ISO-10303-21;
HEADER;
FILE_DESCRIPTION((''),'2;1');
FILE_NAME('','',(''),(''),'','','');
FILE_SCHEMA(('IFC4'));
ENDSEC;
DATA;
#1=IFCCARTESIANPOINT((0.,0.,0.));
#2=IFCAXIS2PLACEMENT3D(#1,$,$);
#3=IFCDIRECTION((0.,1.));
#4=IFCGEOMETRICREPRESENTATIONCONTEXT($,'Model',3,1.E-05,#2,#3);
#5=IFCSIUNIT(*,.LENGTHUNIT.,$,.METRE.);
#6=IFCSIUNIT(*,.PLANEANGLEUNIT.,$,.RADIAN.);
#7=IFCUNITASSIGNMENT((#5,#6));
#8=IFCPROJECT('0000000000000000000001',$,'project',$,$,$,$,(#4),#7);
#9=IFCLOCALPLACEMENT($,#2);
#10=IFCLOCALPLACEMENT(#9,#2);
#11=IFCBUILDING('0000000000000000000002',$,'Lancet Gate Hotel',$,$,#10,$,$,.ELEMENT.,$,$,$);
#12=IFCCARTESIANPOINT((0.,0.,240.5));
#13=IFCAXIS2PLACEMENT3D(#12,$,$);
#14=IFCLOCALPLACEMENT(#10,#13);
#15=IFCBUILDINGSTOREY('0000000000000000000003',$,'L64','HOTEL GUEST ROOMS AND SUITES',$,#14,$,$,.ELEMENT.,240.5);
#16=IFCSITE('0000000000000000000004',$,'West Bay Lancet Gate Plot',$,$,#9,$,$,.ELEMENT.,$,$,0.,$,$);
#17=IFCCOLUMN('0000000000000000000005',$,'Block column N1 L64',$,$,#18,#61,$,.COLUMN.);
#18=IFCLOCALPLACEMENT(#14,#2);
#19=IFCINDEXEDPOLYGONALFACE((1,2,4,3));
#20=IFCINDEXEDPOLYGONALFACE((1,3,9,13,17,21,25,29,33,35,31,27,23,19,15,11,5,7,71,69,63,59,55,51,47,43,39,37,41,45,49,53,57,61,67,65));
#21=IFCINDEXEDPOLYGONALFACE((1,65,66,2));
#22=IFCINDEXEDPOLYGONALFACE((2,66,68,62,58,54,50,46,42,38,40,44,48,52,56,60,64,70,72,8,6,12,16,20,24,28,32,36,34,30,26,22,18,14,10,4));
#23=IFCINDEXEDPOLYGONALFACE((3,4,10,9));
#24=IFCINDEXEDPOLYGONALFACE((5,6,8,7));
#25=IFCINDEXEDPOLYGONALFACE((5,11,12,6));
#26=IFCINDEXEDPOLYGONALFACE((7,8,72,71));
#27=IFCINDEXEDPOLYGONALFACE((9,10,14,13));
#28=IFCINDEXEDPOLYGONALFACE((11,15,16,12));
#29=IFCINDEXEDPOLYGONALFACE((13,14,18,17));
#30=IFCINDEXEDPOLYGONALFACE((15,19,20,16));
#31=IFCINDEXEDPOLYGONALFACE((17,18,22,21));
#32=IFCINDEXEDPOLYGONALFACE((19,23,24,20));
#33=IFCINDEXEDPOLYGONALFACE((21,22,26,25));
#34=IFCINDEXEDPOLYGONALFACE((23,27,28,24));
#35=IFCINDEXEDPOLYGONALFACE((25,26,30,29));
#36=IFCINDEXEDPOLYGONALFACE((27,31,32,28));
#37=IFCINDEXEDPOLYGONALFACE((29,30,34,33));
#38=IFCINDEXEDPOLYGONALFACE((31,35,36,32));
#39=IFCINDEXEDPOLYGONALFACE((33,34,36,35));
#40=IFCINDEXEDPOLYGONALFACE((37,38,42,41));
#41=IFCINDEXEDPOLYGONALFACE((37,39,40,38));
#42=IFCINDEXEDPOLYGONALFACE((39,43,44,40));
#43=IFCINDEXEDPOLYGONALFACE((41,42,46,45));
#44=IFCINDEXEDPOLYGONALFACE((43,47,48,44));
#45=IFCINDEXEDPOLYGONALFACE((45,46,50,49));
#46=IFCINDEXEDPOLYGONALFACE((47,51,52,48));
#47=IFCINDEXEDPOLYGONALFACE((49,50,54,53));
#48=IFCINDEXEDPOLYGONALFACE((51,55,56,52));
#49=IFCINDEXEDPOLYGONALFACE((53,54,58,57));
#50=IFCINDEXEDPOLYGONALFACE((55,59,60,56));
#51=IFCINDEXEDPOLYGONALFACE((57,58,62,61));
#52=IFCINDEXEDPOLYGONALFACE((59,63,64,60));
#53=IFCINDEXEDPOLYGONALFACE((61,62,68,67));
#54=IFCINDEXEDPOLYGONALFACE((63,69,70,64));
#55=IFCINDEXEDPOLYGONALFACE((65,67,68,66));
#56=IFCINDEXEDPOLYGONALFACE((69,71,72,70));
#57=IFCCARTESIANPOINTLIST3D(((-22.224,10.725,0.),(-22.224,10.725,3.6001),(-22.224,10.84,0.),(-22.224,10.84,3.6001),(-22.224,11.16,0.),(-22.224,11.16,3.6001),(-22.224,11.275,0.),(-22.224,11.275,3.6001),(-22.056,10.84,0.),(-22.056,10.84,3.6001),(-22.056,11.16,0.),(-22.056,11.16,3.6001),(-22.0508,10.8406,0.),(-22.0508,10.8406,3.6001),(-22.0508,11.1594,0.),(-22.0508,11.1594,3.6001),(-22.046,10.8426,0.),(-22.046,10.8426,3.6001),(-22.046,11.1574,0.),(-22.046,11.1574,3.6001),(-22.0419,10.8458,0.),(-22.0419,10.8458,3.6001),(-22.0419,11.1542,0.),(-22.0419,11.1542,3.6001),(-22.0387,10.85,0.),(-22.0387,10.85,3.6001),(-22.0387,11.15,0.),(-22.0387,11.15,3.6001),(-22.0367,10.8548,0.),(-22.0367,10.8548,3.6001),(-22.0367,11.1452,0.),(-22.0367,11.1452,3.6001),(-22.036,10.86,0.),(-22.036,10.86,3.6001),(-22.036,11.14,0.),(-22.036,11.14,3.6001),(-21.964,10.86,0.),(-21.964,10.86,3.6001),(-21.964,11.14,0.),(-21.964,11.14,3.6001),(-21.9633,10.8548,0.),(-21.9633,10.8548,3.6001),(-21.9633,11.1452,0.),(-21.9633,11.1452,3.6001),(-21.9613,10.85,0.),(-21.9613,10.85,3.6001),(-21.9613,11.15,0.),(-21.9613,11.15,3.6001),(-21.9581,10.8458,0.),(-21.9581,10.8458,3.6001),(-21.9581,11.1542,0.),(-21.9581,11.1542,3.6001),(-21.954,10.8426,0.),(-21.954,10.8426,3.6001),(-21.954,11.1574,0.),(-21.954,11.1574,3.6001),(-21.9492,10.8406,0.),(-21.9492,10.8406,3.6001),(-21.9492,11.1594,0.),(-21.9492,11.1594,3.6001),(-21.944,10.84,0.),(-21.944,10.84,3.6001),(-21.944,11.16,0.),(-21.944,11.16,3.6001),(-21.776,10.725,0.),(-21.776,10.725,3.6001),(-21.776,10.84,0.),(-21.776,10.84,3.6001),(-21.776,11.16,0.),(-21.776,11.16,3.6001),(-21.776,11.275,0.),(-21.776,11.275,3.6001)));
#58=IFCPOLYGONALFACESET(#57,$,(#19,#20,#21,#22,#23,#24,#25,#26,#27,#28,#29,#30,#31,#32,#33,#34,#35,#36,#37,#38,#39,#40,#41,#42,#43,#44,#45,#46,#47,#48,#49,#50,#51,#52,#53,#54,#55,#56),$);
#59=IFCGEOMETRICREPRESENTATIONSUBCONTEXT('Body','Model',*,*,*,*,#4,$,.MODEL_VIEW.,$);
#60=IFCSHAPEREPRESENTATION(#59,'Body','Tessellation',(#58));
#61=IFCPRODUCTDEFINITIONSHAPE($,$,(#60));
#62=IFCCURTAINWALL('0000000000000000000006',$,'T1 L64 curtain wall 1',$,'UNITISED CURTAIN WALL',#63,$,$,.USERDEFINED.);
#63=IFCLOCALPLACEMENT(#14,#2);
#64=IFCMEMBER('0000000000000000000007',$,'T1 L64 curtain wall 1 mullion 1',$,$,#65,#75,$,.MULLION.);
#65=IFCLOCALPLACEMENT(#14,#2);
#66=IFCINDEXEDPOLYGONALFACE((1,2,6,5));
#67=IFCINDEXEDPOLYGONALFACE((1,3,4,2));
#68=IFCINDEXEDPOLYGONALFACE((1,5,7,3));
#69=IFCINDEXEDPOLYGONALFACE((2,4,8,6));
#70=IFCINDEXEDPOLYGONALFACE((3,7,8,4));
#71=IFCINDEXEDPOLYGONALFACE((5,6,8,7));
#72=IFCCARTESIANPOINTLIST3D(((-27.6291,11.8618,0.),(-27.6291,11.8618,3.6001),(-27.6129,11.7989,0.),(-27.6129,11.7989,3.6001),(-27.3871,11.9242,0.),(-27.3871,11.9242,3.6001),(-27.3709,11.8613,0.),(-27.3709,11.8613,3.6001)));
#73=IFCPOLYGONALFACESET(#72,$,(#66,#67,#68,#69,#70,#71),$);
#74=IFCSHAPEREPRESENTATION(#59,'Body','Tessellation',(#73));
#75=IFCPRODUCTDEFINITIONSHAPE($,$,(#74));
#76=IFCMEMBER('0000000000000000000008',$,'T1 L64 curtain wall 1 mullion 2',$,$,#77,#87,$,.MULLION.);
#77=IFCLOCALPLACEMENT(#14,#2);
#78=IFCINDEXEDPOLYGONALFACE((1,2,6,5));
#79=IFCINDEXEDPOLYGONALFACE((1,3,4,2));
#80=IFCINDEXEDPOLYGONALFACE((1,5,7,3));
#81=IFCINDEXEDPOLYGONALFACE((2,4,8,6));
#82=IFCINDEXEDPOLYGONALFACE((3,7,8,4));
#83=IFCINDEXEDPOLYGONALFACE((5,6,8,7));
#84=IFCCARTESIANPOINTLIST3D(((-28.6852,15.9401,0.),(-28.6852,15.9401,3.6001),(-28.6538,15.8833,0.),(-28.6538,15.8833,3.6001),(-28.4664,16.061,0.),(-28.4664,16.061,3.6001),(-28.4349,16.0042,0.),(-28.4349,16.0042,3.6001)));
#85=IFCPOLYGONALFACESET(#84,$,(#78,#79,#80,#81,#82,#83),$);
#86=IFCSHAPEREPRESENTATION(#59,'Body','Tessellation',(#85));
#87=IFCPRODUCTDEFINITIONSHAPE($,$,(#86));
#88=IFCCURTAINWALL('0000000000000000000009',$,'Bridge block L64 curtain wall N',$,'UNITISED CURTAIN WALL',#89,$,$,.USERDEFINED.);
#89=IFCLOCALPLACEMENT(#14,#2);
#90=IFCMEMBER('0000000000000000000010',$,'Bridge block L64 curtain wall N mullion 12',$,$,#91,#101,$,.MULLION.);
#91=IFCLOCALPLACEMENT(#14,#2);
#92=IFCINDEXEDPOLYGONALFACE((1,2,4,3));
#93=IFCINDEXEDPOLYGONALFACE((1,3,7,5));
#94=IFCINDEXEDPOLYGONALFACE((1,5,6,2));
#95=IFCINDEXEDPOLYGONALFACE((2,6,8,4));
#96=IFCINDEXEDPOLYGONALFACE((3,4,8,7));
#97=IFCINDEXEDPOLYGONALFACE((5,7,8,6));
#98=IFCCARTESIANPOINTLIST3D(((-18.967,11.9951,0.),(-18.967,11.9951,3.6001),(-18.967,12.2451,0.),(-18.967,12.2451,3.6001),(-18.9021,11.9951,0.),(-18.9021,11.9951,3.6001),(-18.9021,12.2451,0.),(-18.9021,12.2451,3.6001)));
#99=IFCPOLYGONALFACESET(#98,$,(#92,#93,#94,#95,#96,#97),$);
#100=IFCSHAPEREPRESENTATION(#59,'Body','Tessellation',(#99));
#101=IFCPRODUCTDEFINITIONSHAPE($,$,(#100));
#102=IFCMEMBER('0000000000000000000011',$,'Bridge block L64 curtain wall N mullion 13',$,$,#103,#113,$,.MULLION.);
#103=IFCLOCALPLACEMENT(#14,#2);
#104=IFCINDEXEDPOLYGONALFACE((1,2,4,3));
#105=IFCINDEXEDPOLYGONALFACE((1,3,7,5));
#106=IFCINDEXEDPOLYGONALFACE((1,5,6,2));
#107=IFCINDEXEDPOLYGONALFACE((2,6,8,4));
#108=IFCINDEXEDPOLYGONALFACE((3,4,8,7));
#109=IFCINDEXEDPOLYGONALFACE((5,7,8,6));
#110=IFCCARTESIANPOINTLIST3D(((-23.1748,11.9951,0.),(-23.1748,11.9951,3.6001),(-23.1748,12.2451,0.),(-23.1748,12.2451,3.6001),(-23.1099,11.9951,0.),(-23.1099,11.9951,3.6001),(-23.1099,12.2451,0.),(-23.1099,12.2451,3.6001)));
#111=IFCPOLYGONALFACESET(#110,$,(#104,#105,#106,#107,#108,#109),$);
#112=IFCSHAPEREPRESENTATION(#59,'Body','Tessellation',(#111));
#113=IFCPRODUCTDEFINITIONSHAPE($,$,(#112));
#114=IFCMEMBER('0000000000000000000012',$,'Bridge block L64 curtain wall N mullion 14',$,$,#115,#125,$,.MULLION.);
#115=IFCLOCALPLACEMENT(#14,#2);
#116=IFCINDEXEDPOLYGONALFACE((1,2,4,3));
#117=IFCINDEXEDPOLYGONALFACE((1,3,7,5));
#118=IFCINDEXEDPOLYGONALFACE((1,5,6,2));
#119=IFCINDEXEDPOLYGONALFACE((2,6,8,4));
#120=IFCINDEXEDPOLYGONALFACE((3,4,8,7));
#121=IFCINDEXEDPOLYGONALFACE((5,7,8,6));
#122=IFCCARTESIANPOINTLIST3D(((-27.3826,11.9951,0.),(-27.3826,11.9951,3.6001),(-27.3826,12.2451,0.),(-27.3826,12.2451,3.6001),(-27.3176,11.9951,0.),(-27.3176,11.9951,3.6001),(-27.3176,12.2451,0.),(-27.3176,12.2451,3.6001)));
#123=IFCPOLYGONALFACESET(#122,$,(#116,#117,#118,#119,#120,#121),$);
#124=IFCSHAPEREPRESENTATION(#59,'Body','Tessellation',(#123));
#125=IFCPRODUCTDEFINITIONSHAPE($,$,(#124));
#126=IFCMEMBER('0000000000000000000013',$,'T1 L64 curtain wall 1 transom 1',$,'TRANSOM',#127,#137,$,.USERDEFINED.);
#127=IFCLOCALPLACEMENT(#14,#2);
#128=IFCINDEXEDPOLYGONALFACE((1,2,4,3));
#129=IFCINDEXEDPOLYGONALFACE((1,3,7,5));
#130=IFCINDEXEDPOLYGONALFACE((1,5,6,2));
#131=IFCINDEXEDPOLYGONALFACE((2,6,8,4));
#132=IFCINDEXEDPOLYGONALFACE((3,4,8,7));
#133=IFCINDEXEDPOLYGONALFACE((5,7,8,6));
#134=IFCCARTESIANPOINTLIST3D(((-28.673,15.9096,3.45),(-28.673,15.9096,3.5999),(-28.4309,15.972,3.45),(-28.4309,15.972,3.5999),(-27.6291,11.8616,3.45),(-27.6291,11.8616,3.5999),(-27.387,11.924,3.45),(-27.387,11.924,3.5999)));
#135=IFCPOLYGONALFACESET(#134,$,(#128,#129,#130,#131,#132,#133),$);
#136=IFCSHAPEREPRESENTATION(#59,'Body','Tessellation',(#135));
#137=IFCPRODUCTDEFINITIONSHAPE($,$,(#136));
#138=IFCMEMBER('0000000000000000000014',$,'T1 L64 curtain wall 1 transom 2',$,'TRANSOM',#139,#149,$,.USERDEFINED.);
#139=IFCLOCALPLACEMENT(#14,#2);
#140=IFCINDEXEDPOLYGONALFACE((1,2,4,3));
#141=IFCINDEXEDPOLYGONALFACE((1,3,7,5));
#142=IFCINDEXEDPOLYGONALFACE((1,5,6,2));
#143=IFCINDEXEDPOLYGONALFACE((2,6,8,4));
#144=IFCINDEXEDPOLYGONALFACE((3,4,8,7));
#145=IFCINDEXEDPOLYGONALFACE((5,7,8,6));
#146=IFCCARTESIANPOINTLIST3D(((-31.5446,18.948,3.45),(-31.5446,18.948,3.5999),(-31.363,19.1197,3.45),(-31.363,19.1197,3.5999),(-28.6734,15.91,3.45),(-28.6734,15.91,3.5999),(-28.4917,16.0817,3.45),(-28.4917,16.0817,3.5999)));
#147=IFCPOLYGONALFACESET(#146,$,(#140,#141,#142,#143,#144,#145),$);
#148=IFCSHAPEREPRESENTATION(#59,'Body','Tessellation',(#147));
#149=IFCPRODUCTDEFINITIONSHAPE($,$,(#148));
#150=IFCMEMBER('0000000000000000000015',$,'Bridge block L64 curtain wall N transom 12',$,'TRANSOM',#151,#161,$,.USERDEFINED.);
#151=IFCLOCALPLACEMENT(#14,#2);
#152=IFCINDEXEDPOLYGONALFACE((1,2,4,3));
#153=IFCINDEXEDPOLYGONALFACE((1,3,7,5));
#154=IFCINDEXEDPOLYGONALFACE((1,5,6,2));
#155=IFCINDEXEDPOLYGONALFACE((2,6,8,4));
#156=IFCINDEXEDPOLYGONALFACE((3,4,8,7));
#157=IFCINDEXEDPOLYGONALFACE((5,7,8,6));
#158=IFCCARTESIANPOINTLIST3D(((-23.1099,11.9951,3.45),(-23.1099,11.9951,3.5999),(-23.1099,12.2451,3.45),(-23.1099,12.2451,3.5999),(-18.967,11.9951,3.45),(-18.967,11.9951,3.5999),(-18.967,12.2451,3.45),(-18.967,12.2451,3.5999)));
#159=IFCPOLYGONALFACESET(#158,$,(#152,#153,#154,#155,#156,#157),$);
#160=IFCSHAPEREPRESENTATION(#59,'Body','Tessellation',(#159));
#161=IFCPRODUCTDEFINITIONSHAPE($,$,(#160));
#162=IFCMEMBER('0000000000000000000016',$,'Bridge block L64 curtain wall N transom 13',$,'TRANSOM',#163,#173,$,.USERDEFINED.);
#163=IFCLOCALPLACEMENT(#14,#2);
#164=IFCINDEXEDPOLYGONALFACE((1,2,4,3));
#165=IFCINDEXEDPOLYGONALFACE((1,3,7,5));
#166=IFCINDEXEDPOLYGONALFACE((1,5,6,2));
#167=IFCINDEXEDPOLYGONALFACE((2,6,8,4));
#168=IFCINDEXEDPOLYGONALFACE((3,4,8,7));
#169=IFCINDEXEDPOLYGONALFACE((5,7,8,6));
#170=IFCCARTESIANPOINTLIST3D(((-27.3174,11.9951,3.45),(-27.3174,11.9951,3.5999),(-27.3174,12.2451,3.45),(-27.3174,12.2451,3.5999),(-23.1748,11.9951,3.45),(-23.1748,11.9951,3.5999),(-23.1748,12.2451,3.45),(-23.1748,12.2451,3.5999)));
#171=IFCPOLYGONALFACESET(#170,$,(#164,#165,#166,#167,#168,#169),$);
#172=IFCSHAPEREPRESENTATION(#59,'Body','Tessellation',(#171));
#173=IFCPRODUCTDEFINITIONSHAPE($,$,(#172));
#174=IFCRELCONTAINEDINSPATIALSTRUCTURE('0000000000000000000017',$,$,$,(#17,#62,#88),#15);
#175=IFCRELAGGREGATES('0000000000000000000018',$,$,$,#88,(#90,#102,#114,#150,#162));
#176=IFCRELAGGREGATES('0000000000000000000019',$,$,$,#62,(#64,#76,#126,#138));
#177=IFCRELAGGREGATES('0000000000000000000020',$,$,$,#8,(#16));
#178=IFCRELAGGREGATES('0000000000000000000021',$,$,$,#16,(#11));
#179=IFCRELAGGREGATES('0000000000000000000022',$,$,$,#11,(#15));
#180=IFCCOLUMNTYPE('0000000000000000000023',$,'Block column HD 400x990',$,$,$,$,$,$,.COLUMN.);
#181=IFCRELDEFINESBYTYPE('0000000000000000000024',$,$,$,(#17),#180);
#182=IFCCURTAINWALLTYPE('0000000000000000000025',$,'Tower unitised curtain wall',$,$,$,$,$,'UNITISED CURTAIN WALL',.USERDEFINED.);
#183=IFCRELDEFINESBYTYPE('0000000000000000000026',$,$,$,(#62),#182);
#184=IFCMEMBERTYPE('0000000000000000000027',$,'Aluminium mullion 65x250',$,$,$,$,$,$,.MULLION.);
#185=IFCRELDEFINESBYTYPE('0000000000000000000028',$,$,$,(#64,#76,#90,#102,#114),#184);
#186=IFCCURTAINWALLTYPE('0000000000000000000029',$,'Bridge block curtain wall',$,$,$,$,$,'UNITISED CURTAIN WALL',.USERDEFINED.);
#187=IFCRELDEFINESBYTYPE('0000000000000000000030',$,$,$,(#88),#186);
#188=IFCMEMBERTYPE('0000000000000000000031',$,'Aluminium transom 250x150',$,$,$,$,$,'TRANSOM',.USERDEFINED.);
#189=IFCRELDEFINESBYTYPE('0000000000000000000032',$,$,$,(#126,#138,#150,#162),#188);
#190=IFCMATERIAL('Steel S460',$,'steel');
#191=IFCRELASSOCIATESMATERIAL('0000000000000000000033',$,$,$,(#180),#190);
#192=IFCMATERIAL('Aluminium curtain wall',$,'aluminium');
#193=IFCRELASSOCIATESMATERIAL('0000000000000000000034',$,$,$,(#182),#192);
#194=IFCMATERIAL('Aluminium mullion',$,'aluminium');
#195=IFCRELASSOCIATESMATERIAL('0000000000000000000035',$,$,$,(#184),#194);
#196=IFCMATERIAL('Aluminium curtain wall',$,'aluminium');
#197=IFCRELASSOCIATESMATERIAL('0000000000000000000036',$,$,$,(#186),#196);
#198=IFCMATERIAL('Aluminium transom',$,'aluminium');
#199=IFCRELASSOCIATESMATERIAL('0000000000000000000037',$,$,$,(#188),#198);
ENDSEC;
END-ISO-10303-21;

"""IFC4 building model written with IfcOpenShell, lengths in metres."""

from ifc_helpers import new_model, si_unit, direction, frame, origin, origin_2d, place, context, subcontext, project, spatial, rectangle, i_section, extrude, material, material_profile, profile_set, type_object, element, aggregate, save


model = new_model("IFC4")

# Units and contexts
model_context = context("Model", 3, precision=1e-05, world=origin(), true_north=direction((0.0, 1.0)))
body_context = subcontext(model_context, "Body", "Model", "MODEL_VIEW")
ifc_project = project(units=[si_unit("LENGTHUNIT", "METRE"), si_unit("PLANEANGLEUNIT", "RADIAN")], contexts=[model_context])

# Site, building, storey
site_placement = place(None, origin())
site = spatial("IfcSite", under=ifc_project, at=site_placement, Name="West Bay Lancet Gate Plot", CompositionType="ELEMENT", RefElevation=0.0)
building_placement = place(site_placement, origin())
building = spatial("IfcBuilding", under=site, at=building_placement, Name="Lancet Gate Hotel", CompositionType="ELEMENT")
storey_placement = place(building_placement, frame((0.0, 0.0, 240.5)))
storey = spatial("IfcBuildingStorey", under=building, at=storey_placement, Name="L64", Description="HOTEL GUEST ROOMS AND SUITES", CompositionType="ELEMENT", Elevation=240.5)

# Column
ifc_material_1 = material(Name="Steel S460", Category="steel")
ifc_material_profile_1 = material_profile(ifc_material_1, i_section(OverallWidth=0.448, OverallDepth=0.55, WebThickness=0.072, FlangeThickness=0.115, FilletRadius=0.02, at=origin_2d()), Name="HD 400x990")
ifc_profile_set_1 = profile_set([ifc_material_profile_1], Name="Steel S460")
column_type = type_object("IfcColumnType", Name="Block column HD 400x990", PredefinedType="COLUMN", material=ifc_profile_set_1)
column_placement = place(storey_placement, frame((-22.0, 11.0, 0.0), z_axis=(0.0, 0.0, 1.0), x_axis=(1.0, 0.0, 0.0)))
element("IfcColumn", 1, at=column_placement, inside=storey, type_object=column_type, Name="Block column N1 L64", PredefinedType="COLUMN", context=body_context, shape_type="SweptSolid", body=[
    extrude(i_section(OverallWidth=0.448, OverallDepth=0.55, WebThickness=0.072, FlangeThickness=0.115, FilletRadius=0.02, at=origin_2d()), origin(), (0.0, 0.0, 1.0), 3.6001),
])

# Curtain walls, members
ifc_material_2 = material(Name="Aluminium curtain wall", Category="aluminium")
curtain_wall_type_1 = type_object("IfcCurtainWallType", Name="Tower unitised curtain wall", ElementType="UNITISED CURTAIN WALL", PredefinedType="USERDEFINED", material=ifc_material_2)
curtain_wall_1_placement = place(storey_placement, origin())
curtain_wall_1 = element("IfcCurtainWall", 2, at=curtain_wall_1_placement, inside=storey, type_object=curtain_wall_type_1, Name="T1 L64 curtain wall 1", ObjectType="UNITISED CURTAIN WALL", PredefinedType="USERDEFINED")
ifc_material_3 = material(Name="Aluminium mullion", Category="aluminium")
ifc_material_profile_2 = material_profile(ifc_material_3, rectangle(XDim=0.0649, YDim=0.25, at=origin_2d()), Name="MULLION 65x250")
ifc_profile_set_2 = profile_set([ifc_material_profile_2], Name="Aluminium mullion")
member_type_1 = type_object("IfcMemberType", Name="Aluminium mullion 65x250", PredefinedType="MULLION", material=ifc_profile_set_2)
member_1_placement = place(storey_placement, frame((-27.5, 11.8616, 0.0), z_axis=(0.0, 0.0, 1.0), x_axis=(-0.249726, 0.968317, 0.0)))
member_1 = element("IfcMember", 3, at=member_1_placement, type_object=member_type_1, Name="T1 L64 curtain wall 1 mullion 1", PredefinedType="MULLION", context=body_context, shape_type="SweptSolid", body=[
    extrude(rectangle(XDim=0.0649, YDim=0.25, at=origin_2d()), origin(), (0.0, 0.0, 1.0), 3.6001),
])
member_2_placement = place(storey_placement, frame((-28.5601, 15.9722, 0.0), z_axis=(0.0, 0.0, 1.0), x_axis=(-0.483627, 0.875274, 0.0)))
member_2 = element("IfcMember", 4, at=member_2_placement, type_object=member_type_1, Name="T1 L64 curtain wall 1 mullion 2", PredefinedType="MULLION", context=body_context, shape_type="SweptSolid", body=[
    extrude(rectangle(XDim=0.0649, YDim=0.25, at=origin_2d()), origin(), (0.0, 0.0, 1.0), 3.6001),
])
ifc_material_4 = material(Name="Aluminium curtain wall", Category="aluminium")
curtain_wall_type_2 = type_object("IfcCurtainWallType", Name="Bridge block curtain wall", ElementType="UNITISED CURTAIN WALL", PredefinedType="USERDEFINED", material=ifc_material_4)
curtain_wall_2_placement = place(storey_placement, origin())
curtain_wall_2 = element("IfcCurtainWall", 5, at=curtain_wall_2_placement, inside=storey, type_object=curtain_wall_type_2, Name="Bridge block L64 curtain wall N", ObjectType="UNITISED CURTAIN WALL", PredefinedType="USERDEFINED")
member_3_placement = place(storey_placement, frame((-18.9346, 12.1201, 0.0), z_axis=(0.0, 0.0, 1.0), x_axis=(-1.0, 0.0, 0.0)))
member_3 = element("IfcMember", 6, at=member_3_placement, type_object=member_type_1, Name="Bridge block L64 curtain wall N mullion 12", PredefinedType="MULLION", context=body_context, shape_type="SweptSolid", body=[
    extrude(rectangle(XDim=0.0649, YDim=0.25, at=origin_2d()), origin(), (0.0, 0.0, 1.0), 3.6001),
])
member_4_placement = place(storey_placement, frame((-23.1423, 12.1201, 0.0), z_axis=(0.0, 0.0, 1.0), x_axis=(-1.0, 0.0, 0.0)))
member_4 = element("IfcMember", 7, at=member_4_placement, type_object=member_type_1, Name="Bridge block L64 curtain wall N mullion 13", PredefinedType="MULLION", context=body_context, shape_type="SweptSolid", body=[
    extrude(rectangle(XDim=0.0649, YDim=0.25, at=origin_2d()), origin(), (0.0, 0.0, 1.0), 3.6001),
])
member_5_placement = place(storey_placement, frame((-27.3501, 12.1201, 0.0), z_axis=(0.0, 0.0, 1.0), x_axis=(-1.0, 0.0, 0.0)))
member_5 = element("IfcMember", 8, at=member_5_placement, type_object=member_type_1, Name="Bridge block L64 curtain wall N mullion 14", PredefinedType="MULLION", context=body_context, shape_type="SweptSolid", body=[
    extrude(rectangle(XDim=0.0649, YDim=0.25, at=origin_2d()), origin(), (0.0, 0.0, 1.0), 3.6001),
])

# Members
ifc_material_5 = material(Name="Aluminium transom", Category="aluminium")
ifc_material_profile_3 = material_profile(ifc_material_5, rectangle(XDim=0.25, YDim=0.1499, at=origin_2d()), Name="TRANSOM 250x150")
ifc_profile_set_3 = profile_set([ifc_material_profile_3], Name="Aluminium transom")
member_type_2 = type_object("IfcMemberType", Name="Aluminium transom 250x150", ElementType="TRANSOM", PredefinedType="USERDEFINED", material=ifc_profile_set_3)
member_6_placement = place(storey_placement, frame((-27.5081, 11.8928, 3.5249), z_axis=(-0.249716, 0.968319, 0.0), x_axis=(-0.968319, -0.249716, 0.0)))
member_6 = element("IfcMember", 9, at=member_6_placement, type_object=member_type_2, Name="T1 L64 curtain wall 1 transom 1", ObjectType="TRANSOM", PredefinedType="USERDEFINED", context=body_context, shape_type="SweptSolid", body=[
    extrude(rectangle(XDim=0.25, YDim=0.1499, at=origin_2d()), origin(), (0.0, 0.0, 1.0), 4.1804),
])
member_7_placement = place(storey_placement, frame((-28.5825, 15.9958, 3.5249), z_axis=(-0.686881, 0.72677, 0.0), x_axis=(-0.72677, -0.686881, 0.0)))
member_7 = element("IfcMember", 10, at=member_7_placement, type_object=member_type_2, Name="T1 L64 curtain wall 1 transom 2", ObjectType="TRANSOM", PredefinedType="USERDEFINED", context=body_context, shape_type="SweptSolid", body=[
    extrude(rectangle(XDim=0.25, YDim=0.1499, at=origin_2d()), origin(), (0.0, 0.0, 1.0), 4.1802),
])
member_8_placement = place(storey_placement, frame((-18.967, 12.1201, 3.5249), z_axis=(-1.0, 0.0, 0.0), x_axis=(0.0, -1.0, 0.0)))
member_8 = element("IfcMember", 11, at=member_8_placement, type_object=member_type_2, Name="Bridge block L64 curtain wall N transom 12", ObjectType="TRANSOM", PredefinedType="USERDEFINED", context=body_context, shape_type="SweptSolid", body=[
    extrude(rectangle(XDim=0.25, YDim=0.1499, at=origin_2d()), origin(), (0.0, 0.0, 1.0), 4.1428),
])
member_9_placement = place(storey_placement, frame((-23.1748, 12.1201, 3.5249), z_axis=(-1.0, 0.0, 0.0), x_axis=(0.0, -1.0, 0.0)))
member_9 = element("IfcMember", 12, at=member_9_placement, type_object=member_type_2, Name="Bridge block L64 curtain wall N transom 13", ObjectType="TRANSOM", PredefinedType="USERDEFINED", context=body_context, shape_type="SweptSolid", body=[
    extrude(rectangle(XDim=0.25, YDim=0.1499, at=origin_2d()), origin(), (0.0, 0.0, 1.0), 4.1426),
])

aggregate(curtain_wall_2, [member_3, member_4, member_5, member_8, member_9])
aggregate(curtain_wall_1, [member_1, member_2, member_6, member_7])

save(model, "model.ifc")
